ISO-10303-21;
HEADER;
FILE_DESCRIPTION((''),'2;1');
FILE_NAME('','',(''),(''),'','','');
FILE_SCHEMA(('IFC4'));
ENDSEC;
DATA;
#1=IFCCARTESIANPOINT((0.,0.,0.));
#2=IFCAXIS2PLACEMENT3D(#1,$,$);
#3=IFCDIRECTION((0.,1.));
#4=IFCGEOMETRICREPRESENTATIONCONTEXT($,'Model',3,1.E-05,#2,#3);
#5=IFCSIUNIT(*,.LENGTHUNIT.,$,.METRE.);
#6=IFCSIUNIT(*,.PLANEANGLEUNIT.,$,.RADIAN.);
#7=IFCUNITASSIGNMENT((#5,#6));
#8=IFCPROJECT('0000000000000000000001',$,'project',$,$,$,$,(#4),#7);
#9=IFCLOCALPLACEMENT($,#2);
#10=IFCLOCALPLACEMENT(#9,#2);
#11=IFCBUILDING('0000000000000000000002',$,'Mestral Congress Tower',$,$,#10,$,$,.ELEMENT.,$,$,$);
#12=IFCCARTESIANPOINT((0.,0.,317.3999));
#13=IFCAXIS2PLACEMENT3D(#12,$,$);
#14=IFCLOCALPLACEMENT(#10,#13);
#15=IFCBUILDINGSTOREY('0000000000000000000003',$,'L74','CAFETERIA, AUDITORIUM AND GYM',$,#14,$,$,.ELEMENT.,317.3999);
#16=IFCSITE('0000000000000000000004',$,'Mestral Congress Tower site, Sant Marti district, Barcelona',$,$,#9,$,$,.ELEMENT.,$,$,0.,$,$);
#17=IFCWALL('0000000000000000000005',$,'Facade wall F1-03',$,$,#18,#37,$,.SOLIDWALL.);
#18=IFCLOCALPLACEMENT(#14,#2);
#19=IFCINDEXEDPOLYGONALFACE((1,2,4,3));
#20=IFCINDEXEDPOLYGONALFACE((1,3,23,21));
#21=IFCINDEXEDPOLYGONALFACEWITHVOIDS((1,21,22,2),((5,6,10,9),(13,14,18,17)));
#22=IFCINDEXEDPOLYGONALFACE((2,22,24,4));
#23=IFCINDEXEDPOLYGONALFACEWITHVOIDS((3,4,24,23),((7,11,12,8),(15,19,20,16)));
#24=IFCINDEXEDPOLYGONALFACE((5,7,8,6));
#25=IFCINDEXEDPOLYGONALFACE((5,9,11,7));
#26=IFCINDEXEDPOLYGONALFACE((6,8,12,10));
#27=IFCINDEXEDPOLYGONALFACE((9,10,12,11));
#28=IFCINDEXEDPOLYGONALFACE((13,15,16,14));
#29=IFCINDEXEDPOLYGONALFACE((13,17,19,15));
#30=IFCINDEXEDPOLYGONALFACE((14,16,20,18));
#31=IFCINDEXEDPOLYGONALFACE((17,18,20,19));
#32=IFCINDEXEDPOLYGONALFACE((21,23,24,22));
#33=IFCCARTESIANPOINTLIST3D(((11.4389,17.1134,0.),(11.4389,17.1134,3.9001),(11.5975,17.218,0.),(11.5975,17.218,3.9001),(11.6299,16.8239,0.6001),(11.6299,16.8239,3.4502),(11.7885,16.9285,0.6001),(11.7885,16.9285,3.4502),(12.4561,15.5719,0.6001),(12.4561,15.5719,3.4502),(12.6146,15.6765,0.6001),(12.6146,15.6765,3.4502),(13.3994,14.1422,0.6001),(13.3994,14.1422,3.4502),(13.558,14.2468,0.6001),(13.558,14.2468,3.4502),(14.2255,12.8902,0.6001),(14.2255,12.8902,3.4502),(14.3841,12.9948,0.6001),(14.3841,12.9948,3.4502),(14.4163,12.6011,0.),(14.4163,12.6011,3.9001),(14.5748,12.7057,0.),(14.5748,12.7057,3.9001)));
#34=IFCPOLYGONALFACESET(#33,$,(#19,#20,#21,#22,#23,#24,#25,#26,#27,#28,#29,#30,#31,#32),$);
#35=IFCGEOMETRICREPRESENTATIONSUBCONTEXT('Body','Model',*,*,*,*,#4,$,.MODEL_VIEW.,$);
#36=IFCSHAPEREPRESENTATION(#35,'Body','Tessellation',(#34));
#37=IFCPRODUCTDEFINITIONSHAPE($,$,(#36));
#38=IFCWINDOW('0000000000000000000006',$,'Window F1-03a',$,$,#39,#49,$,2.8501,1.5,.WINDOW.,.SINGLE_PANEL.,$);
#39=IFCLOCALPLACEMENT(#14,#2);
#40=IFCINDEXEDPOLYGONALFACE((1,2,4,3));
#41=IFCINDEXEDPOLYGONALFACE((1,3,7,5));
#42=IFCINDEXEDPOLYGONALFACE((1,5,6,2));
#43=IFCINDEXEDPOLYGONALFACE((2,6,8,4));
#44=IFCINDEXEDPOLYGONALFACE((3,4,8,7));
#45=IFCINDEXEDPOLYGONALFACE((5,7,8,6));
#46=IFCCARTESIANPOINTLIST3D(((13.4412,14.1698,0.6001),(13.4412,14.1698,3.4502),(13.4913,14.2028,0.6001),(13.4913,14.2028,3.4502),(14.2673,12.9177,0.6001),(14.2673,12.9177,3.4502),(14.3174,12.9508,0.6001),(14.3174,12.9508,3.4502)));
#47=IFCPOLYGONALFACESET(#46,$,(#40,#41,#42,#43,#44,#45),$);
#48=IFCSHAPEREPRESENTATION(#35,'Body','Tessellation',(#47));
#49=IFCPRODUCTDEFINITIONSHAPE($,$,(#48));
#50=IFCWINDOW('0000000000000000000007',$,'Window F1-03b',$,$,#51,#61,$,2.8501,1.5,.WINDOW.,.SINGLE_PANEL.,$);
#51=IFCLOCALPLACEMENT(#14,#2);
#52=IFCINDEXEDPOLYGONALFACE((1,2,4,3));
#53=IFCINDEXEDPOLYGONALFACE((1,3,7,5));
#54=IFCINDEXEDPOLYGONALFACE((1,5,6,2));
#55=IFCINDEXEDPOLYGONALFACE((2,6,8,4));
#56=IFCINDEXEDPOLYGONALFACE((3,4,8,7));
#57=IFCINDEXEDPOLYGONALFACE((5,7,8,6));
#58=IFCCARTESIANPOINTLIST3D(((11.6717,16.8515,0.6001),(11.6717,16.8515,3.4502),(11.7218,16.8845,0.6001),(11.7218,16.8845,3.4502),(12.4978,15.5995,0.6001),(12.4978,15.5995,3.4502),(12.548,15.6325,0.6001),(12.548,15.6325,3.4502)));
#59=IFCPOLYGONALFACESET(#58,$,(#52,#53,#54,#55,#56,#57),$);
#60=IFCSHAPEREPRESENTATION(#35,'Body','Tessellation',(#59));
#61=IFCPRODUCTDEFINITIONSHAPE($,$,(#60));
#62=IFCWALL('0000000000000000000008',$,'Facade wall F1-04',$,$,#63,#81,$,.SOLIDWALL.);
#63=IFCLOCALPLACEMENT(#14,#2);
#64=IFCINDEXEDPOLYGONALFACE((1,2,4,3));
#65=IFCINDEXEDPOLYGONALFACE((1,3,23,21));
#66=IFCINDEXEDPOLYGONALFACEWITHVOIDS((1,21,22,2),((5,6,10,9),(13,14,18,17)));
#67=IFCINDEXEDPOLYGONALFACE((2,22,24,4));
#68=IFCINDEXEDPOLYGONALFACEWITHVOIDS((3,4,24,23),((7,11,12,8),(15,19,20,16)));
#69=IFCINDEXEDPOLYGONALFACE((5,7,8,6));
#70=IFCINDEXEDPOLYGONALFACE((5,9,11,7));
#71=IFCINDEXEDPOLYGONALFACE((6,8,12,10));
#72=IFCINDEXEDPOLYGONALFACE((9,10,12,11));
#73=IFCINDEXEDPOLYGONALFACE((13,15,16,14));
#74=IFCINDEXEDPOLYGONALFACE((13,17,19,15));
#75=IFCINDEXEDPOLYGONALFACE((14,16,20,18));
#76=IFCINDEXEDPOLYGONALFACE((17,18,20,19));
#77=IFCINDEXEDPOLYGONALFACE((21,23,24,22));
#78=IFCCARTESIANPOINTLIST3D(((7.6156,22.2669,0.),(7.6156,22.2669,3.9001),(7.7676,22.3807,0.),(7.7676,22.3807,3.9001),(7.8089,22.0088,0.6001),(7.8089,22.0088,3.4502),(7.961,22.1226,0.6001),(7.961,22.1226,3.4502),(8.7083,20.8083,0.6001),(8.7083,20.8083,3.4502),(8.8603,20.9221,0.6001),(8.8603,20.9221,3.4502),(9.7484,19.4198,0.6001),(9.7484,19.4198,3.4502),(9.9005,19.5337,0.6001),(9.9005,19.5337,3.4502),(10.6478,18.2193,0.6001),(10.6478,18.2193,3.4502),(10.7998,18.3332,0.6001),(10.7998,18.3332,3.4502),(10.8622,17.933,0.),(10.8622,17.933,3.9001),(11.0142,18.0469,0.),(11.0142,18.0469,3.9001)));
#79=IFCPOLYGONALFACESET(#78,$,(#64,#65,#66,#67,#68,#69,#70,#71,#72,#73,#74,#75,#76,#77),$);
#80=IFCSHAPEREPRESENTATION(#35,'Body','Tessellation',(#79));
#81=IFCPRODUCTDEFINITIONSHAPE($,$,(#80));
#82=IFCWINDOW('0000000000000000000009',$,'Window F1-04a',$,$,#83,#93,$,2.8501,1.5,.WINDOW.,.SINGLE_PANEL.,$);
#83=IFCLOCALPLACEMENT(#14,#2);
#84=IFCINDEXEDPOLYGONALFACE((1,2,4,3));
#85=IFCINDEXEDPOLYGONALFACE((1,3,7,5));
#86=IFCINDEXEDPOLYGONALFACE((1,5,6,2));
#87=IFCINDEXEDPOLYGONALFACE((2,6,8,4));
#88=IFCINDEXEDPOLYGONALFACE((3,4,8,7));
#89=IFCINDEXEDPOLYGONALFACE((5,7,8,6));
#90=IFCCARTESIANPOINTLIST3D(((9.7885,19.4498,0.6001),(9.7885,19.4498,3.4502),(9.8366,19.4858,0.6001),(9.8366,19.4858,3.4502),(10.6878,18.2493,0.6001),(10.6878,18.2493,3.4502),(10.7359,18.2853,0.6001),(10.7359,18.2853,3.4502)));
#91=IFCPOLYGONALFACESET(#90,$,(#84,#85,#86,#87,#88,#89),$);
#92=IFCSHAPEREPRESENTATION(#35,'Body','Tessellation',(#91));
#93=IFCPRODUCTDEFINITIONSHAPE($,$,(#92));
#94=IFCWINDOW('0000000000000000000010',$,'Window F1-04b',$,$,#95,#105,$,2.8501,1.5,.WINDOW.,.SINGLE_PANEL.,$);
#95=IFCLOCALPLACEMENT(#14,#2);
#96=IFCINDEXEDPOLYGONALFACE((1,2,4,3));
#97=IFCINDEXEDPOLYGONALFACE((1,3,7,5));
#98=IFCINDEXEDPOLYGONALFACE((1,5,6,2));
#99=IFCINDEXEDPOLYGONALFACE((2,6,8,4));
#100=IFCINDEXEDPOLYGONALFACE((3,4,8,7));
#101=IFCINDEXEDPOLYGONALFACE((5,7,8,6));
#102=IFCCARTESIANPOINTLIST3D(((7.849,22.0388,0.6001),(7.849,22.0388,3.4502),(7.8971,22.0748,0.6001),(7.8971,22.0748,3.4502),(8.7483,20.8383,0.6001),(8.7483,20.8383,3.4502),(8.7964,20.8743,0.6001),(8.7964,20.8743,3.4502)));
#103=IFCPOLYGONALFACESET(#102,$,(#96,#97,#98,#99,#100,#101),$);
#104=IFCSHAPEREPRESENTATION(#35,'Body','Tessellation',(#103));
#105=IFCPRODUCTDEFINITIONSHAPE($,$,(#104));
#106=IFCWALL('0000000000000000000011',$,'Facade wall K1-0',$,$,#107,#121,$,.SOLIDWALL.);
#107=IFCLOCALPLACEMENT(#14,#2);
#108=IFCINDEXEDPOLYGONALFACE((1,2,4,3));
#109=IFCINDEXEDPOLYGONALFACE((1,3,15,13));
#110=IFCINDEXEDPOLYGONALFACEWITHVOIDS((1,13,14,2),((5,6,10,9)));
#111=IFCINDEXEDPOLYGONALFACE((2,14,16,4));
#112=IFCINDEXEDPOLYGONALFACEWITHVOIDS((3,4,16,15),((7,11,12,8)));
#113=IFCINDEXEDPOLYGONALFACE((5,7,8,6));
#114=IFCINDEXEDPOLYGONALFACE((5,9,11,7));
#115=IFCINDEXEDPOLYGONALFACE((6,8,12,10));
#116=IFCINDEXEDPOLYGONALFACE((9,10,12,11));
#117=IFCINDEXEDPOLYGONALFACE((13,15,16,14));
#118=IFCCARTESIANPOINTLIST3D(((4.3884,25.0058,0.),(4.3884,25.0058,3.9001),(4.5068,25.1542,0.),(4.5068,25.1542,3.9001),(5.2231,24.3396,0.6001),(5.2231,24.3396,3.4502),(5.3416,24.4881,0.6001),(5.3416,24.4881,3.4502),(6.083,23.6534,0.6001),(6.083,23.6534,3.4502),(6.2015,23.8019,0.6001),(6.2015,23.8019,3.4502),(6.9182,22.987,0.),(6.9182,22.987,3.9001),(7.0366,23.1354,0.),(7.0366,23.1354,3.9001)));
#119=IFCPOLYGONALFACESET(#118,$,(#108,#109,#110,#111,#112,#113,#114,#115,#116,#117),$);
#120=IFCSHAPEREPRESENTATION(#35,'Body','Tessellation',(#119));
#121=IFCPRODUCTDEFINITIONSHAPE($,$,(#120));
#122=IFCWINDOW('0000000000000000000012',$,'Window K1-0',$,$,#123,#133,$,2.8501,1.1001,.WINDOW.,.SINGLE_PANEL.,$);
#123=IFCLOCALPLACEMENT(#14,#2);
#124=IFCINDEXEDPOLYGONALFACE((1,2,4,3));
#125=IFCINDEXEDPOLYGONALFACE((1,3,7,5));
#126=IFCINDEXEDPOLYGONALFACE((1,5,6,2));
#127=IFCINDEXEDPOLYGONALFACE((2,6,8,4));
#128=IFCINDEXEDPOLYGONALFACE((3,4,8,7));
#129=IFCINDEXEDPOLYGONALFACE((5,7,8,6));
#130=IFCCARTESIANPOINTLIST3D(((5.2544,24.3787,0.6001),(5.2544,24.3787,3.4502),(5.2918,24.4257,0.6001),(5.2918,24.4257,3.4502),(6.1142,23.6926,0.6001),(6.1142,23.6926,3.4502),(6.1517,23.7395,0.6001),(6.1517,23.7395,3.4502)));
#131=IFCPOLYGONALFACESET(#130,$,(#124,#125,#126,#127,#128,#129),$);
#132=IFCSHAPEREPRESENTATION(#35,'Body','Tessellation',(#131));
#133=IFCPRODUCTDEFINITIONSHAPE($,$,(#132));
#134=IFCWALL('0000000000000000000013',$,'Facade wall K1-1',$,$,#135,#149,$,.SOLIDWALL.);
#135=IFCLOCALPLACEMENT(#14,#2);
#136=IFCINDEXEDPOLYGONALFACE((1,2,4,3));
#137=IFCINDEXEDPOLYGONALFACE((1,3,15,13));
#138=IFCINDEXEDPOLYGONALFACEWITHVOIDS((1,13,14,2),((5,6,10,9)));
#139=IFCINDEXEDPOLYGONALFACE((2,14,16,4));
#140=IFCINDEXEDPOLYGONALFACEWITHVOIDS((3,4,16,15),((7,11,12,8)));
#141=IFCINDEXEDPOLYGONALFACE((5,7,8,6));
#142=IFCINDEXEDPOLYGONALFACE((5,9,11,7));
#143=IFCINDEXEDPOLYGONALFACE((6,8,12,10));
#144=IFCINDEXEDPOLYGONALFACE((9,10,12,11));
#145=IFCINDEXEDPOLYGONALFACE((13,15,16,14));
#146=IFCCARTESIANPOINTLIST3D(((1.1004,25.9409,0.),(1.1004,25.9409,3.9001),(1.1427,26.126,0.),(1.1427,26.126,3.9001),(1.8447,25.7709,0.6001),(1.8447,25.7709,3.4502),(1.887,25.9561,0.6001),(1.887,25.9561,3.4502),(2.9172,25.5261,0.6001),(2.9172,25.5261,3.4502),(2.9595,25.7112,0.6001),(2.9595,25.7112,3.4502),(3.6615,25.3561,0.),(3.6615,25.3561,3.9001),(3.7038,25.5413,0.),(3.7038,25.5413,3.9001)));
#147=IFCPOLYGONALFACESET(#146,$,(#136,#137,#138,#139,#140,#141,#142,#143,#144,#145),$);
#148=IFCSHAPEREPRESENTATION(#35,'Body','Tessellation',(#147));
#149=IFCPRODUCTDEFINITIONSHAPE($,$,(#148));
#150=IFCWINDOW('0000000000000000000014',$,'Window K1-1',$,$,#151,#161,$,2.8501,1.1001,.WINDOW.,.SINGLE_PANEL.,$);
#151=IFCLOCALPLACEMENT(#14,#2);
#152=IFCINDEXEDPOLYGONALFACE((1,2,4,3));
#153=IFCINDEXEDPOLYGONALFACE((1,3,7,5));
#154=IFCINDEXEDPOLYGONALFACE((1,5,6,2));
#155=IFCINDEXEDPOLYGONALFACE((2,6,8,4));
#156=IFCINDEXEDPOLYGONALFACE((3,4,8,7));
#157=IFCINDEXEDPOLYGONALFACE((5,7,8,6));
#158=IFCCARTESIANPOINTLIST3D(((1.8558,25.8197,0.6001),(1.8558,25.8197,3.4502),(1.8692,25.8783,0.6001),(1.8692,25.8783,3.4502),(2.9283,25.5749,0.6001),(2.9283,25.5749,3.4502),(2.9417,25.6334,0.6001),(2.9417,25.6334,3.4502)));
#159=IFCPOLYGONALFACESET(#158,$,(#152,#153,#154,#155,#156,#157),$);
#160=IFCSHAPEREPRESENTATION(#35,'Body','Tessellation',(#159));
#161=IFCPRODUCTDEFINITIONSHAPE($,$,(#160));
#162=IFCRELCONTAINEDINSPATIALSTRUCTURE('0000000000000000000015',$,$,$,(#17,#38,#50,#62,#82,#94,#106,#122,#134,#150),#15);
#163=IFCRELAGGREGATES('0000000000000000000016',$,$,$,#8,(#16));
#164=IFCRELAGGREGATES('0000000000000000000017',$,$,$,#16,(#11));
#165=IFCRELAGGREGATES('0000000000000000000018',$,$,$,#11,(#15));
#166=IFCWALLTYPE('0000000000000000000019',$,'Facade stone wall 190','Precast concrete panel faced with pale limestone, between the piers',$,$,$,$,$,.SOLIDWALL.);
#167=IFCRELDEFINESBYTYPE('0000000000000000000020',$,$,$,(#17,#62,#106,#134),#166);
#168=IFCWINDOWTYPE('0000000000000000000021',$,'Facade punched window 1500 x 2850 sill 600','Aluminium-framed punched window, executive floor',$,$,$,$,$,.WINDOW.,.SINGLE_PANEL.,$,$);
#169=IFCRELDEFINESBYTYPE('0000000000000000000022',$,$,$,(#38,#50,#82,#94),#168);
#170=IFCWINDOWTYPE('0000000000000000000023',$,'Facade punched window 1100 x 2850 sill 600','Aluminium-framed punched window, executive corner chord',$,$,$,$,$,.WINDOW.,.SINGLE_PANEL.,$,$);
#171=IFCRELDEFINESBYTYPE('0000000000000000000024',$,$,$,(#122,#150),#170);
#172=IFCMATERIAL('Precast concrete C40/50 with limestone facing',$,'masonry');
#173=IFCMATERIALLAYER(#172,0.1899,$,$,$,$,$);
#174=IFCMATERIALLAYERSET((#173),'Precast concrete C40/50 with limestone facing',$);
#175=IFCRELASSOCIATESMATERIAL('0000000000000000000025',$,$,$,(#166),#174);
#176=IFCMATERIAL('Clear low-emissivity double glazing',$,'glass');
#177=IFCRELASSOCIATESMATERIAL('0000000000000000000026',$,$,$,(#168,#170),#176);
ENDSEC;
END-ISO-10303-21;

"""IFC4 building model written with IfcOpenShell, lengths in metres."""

from ifc_helpers import new_model, si_unit, direction, frame, frame_2d, origin, place, context, subcontext, project, spatial, rectangle, extrude, material, layer, layer_set, type_object, element, fill, save


model = new_model("IFC4")

# Units and contexts
model_context = context("Model", 3, precision=1e-05, world=origin(), true_north=direction((0.0, 1.0)))
body_context = subcontext(model_context, "Body", "Model", "MODEL_VIEW")
ifc_project = project(units=[si_unit("LENGTHUNIT", "METRE"), si_unit("PLANEANGLEUNIT", "RADIAN")], contexts=[model_context])

# Site, building, storey
site_placement = place(None, origin())
site = spatial("IfcSite", under=ifc_project, at=site_placement, Name="Mestral Congress Tower site, Sant Marti district, Barcelona", CompositionType="ELEMENT", RefElevation=0.0)
building_placement = place(site_placement, origin())
building = spatial("IfcBuilding", under=site, at=building_placement, Name="Mestral Congress Tower", CompositionType="ELEMENT")
storey_placement = place(building_placement, frame((0.0, 0.0, 317.3999)))
storey = spatial("IfcBuildingStorey", under=building, at=storey_placement, Name="L74", Description="CAFETERIA, AUDITORIUM AND GYM", CompositionType="ELEMENT", Elevation=317.3999)

# Walls, openings, windows
ifc_material_1 = material(Name="Precast concrete C40/50 with limestone facing", Category="masonry")
ifc_layer_1 = layer(ifc_material_1, 0.1899)
ifc_layer_set_1 = layer_set([ifc_layer_1], Name="Precast concrete C40/50 with limestone facing")
wall_type_1 = type_object("IfcWallType", Name="Facade stone wall 190", Description="Precast concrete panel faced with pale limestone, between the piers", PredefinedType="SOLIDWALL", material=ifc_layer_set_1)
wall_1_placement = place(storey_placement, frame((14.4956, 12.6533, 0.0), z_axis=(0.0, 0.0, 1.0), x_axis=(-0.550744, 0.834674, 0.0)))
wall_1 = element("IfcWall", 1, at=wall_1_placement, inside=storey, type_object=wall_type_1, Name="Facade wall F1-03", PredefinedType="SOLIDWALL", context=body_context, shape_type="SweptSolid", body=[
    extrude(rectangle(XDim=5.406, YDim=0.1899, at=frame_2d((2.7031, 0.0))), origin(), (0.0, 0.0, 1.0), 3.9001),
])
opening_1_placement = place(wall_1_placement, frame((0.3464, 0.0, 0.6001)))
opening_1 = element("IfcOpeningElement", 2, at=opening_1_placement, cuts=wall_1, PredefinedType="OPENING", context=body_context, shape_type="SweptSolid", body=[
    extrude(rectangle(XDim=1.5, YDim=2.8501, at=frame_2d((0.75, 1.425))), frame((0.0, 0.105, 0.0), z_axis=(0.0, -1.0, 0.0), x_axis=(1.0, 0.0, 0.0)), (0.0, 0.0, 1.0), 0.21),
])
opening_2_placement = place(wall_1_placement, frame((3.5593, 0.0, 0.6001)))
opening_2 = element("IfcOpeningElement", 3, at=opening_2_placement, cuts=wall_1, PredefinedType="OPENING", context=body_context, shape_type="SweptSolid", body=[
    extrude(rectangle(XDim=1.5, YDim=2.8501, at=frame_2d((0.75, 1.425))), frame((0.0, 0.105, 0.0), z_axis=(0.0, -1.0, 0.0), x_axis=(1.0, 0.0, 0.0)), (0.0, 0.0, 1.0), 0.21),
])
ifc_material_2 = material(Name="Clear low-emissivity double glazing", Category="glass")
window_type_1 = type_object("IfcWindowType", Name="Facade punched window 1500 x 2850 sill 600", Description="Aluminium-framed punched window, executive floor", PartitioningType="SINGLE_PANEL", PredefinedType="WINDOW", material=ifc_material_2)
window_1_placement = place(opening_1_placement, origin())
window_1 = element("IfcWindow", 4, at=window_1_placement, inside=storey, type_object=window_type_1, Name="Window F1-03a", OverallHeight=2.8501, OverallWidth=1.5, PartitioningType="SINGLE_PANEL", PredefinedType="WINDOW", context=body_context, shape_type="SweptSolid", body=[
    extrude(rectangle(XDim=1.5, YDim=2.8501, at=frame_2d((0.75, 1.425))), frame((0.0, 0.0449, 0.0), z_axis=(0.0, -1.0, 0.0), x_axis=(1.0, 0.0, 0.0)), (0.0, 0.0, 1.0), 0.0601),
])
fill(opening_1, window_1)
window_2_placement = place(opening_2_placement, origin())
window_2 = element("IfcWindow", 5, at=window_2_placement, inside=storey, type_object=window_type_1, Name="Window F1-03b", OverallHeight=2.8501, OverallWidth=1.5, PartitioningType="SINGLE_PANEL", PredefinedType="WINDOW", context=body_context, shape_type="SweptSolid", body=[
    extrude(rectangle(XDim=1.5, YDim=2.8501, at=frame_2d((0.75, 1.425))), frame((0.0, 0.0449, 0.0), z_axis=(0.0, -1.0, 0.0), x_axis=(1.0, 0.0, 0.0)), (0.0, 0.0, 1.0), 0.0601),
])
fill(opening_2, window_2)
wall_2_placement = place(storey_placement, frame((10.9382, 17.99, 0.0), z_axis=(0.0, 0.0, 1.0), x_axis=(-0.59956, 0.80033, 0.0)))
wall_2 = element("IfcWall", 6, at=wall_2_placement, inside=storey, type_object=wall_type_1, Name="Facade wall F1-04", PredefinedType="SOLIDWALL", context=body_context, shape_type="SweptSolid", body=[
    extrude(rectangle(XDim=5.415, YDim=0.1899, at=frame_2d((2.7075, 0.0))), origin(), (0.0, 0.0, 1.0), 3.9001),
])
opening_3_placement = place(wall_2_placement, frame((0.3577, 0.0, 0.6001)))
opening_3 = element("IfcOpeningElement", 7, at=opening_3_placement, cuts=wall_2, PredefinedType="OPENING", context=body_context, shape_type="SweptSolid", body=[
    extrude(rectangle(XDim=1.5, YDim=2.8501, at=frame_2d((0.75, 1.425))), frame((0.0, 0.105, 0.0), z_axis=(0.0, -1.0, 0.0), x_axis=(1.0, 0.0, 0.0)), (0.0, 0.0, 1.0), 0.21),
])
opening_4_placement = place(wall_2_placement, frame((3.5925, 0.0, 0.6001)))
opening_4 = element("IfcOpeningElement", 8, at=opening_4_placement, cuts=wall_2, PredefinedType="OPENING", context=body_context, shape_type="SweptSolid", body=[
    extrude(rectangle(XDim=1.5, YDim=2.8501, at=frame_2d((0.75, 1.425))), frame((0.0, 0.105, 0.0), z_axis=(0.0, -1.0, 0.0), x_axis=(1.0, 0.0, 0.0)), (0.0, 0.0, 1.0), 0.21),
])
window_3_placement = place(opening_3_placement, origin())
window_3 = element("IfcWindow", 9, at=window_3_placement, inside=storey, type_object=window_type_1, Name="Window F1-04a", OverallHeight=2.8501, OverallWidth=1.5, PartitioningType="SINGLE_PANEL", PredefinedType="WINDOW", context=body_context, shape_type="SweptSolid", body=[
    extrude(rectangle(XDim=1.5, YDim=2.8501, at=frame_2d((0.75, 1.425))), frame((0.0, 0.0449, 0.0), z_axis=(0.0, -1.0, 0.0), x_axis=(1.0, 0.0, 0.0)), (0.0, 0.0, 1.0), 0.0601),
])
fill(opening_3, window_3)
window_4_placement = place(opening_4_placement, origin())
window_4 = element("IfcWindow", 10, at=window_4_placement, inside=storey, type_object=window_type_1, Name="Window F1-04b", OverallHeight=2.8501, OverallWidth=1.5, PartitioningType="SINGLE_PANEL", PredefinedType="WINDOW", context=body_context, shape_type="SweptSolid", body=[
    extrude(rectangle(XDim=1.5, YDim=2.8501, at=frame_2d((0.75, 1.425))), frame((0.0, 0.0449, 0.0), z_axis=(0.0, -1.0, 0.0), x_axis=(1.0, 0.0, 0.0)), (0.0, 0.0, 1.0), 0.0601),
])
fill(opening_4, window_4)

# Walls, openings, windows
wall_3_placement = place(storey_placement, frame((6.9773, 23.0613, 0.0), z_axis=(0.0, 0.0, 1.0), x_axis=(-0.781626, 0.623747, 0.0)))
wall_3 = element("IfcWall", 11, at=wall_3_placement, inside=storey, type_object=wall_type_1, Name="Facade wall K1-0", PredefinedType="SOLIDWALL", context=body_context, shape_type="SweptSolid", body=[
    extrude(rectangle(XDim=3.2366, YDim=0.1899, at=frame_2d((1.6182, 0.0))), origin(), (0.0, 0.0, 1.0), 3.9001),
])
opening_5_placement = place(wall_3_placement, frame((1.0684, 0.0, 0.6001)))
opening_5 = element("IfcOpeningElement", 12, at=opening_5_placement, cuts=wall_3, PredefinedType="OPENING", context=body_context, shape_type="SweptSolid", body=[
    extrude(rectangle(XDim=1.1001, YDim=2.8501, at=frame_2d((0.55, 1.425))), frame((0.0, 0.105, 0.0), z_axis=(0.0, -1.0, 0.0), x_axis=(1.0, 0.0, 0.0)), (0.0, 0.0, 1.0), 0.21),
])
window_type_2 = type_object("IfcWindowType", Name="Facade punched window 1100 x 2850 sill 600", Description="Aluminium-framed punched window, executive corner chord", PartitioningType="SINGLE_PANEL", PredefinedType="WINDOW", material=ifc_material_2)
window_5_placement = place(opening_5_placement, origin())
window_5 = element("IfcWindow", 13, at=window_5_placement, inside=storey, type_object=window_type_2, Name="Window K1-0", OverallHeight=2.8501, OverallWidth=1.1001, PartitioningType="SINGLE_PANEL", PredefinedType="WINDOW", context=body_context, shape_type="SweptSolid", body=[
    extrude(rectangle(XDim=1.1001, YDim=2.8501, at=frame_2d((0.55, 1.425))), frame((0.0, 0.0449, 0.0), z_axis=(0.0, -1.0, 0.0), x_axis=(1.0, 0.0, 0.0)), (0.0, 0.0, 1.0), 0.0601),
])
fill(opening_5, window_5)
wall_4_placement = place(storey_placement, frame((3.6826, 25.4487, 0.0), z_axis=(0.0, 0.0, 1.0), x_axis=(-0.974913, 0.222585, 0.0)))
wall_4 = element("IfcWall", 14, at=wall_4_placement, inside=storey, type_object=wall_type_1, Name="Facade wall K1-1", PredefinedType="SOLIDWALL", context=body_context, shape_type="SweptSolid", body=[
    extrude(rectangle(XDim=2.627, YDim=0.1899, at=frame_2d((1.3135, 0.0))), origin(), (0.0, 0.0, 1.0), 3.9001),
])
opening_6_placement = place(wall_4_placement, frame((0.7634, 0.0, 0.6001)))
opening_6 = element("IfcOpeningElement", 15, at=opening_6_placement, cuts=wall_4, PredefinedType="OPENING", context=body_context, shape_type="SweptSolid", body=[
    extrude(rectangle(XDim=1.1001, YDim=2.8501, at=frame_2d((0.55, 1.425))), frame((0.0, 0.105, 0.0), z_axis=(0.0, -1.0, 0.0), x_axis=(1.0, 0.0, 0.0)), (0.0, 0.0, 1.0), 0.21),
])
window_6_placement = place(opening_6_placement, origin())
window_6 = element("IfcWindow", 16, at=window_6_placement, inside=storey, type_object=window_type_2, Name="Window K1-1", OverallHeight=2.8501, OverallWidth=1.1001, PartitioningType="SINGLE_PANEL", PredefinedType="WINDOW", context=body_context, shape_type="SweptSolid", body=[
    extrude(rectangle(XDim=1.1001, YDim=2.8501, at=frame_2d((0.55, 1.425))), frame((0.0, 0.0449, 0.0), z_axis=(0.0, -1.0, 0.0), x_axis=(1.0, 0.0, 0.0)), (0.0, 0.0, 1.0), 0.0601),
])
fill(opening_6, window_6)

save(model, "model.ifc")
